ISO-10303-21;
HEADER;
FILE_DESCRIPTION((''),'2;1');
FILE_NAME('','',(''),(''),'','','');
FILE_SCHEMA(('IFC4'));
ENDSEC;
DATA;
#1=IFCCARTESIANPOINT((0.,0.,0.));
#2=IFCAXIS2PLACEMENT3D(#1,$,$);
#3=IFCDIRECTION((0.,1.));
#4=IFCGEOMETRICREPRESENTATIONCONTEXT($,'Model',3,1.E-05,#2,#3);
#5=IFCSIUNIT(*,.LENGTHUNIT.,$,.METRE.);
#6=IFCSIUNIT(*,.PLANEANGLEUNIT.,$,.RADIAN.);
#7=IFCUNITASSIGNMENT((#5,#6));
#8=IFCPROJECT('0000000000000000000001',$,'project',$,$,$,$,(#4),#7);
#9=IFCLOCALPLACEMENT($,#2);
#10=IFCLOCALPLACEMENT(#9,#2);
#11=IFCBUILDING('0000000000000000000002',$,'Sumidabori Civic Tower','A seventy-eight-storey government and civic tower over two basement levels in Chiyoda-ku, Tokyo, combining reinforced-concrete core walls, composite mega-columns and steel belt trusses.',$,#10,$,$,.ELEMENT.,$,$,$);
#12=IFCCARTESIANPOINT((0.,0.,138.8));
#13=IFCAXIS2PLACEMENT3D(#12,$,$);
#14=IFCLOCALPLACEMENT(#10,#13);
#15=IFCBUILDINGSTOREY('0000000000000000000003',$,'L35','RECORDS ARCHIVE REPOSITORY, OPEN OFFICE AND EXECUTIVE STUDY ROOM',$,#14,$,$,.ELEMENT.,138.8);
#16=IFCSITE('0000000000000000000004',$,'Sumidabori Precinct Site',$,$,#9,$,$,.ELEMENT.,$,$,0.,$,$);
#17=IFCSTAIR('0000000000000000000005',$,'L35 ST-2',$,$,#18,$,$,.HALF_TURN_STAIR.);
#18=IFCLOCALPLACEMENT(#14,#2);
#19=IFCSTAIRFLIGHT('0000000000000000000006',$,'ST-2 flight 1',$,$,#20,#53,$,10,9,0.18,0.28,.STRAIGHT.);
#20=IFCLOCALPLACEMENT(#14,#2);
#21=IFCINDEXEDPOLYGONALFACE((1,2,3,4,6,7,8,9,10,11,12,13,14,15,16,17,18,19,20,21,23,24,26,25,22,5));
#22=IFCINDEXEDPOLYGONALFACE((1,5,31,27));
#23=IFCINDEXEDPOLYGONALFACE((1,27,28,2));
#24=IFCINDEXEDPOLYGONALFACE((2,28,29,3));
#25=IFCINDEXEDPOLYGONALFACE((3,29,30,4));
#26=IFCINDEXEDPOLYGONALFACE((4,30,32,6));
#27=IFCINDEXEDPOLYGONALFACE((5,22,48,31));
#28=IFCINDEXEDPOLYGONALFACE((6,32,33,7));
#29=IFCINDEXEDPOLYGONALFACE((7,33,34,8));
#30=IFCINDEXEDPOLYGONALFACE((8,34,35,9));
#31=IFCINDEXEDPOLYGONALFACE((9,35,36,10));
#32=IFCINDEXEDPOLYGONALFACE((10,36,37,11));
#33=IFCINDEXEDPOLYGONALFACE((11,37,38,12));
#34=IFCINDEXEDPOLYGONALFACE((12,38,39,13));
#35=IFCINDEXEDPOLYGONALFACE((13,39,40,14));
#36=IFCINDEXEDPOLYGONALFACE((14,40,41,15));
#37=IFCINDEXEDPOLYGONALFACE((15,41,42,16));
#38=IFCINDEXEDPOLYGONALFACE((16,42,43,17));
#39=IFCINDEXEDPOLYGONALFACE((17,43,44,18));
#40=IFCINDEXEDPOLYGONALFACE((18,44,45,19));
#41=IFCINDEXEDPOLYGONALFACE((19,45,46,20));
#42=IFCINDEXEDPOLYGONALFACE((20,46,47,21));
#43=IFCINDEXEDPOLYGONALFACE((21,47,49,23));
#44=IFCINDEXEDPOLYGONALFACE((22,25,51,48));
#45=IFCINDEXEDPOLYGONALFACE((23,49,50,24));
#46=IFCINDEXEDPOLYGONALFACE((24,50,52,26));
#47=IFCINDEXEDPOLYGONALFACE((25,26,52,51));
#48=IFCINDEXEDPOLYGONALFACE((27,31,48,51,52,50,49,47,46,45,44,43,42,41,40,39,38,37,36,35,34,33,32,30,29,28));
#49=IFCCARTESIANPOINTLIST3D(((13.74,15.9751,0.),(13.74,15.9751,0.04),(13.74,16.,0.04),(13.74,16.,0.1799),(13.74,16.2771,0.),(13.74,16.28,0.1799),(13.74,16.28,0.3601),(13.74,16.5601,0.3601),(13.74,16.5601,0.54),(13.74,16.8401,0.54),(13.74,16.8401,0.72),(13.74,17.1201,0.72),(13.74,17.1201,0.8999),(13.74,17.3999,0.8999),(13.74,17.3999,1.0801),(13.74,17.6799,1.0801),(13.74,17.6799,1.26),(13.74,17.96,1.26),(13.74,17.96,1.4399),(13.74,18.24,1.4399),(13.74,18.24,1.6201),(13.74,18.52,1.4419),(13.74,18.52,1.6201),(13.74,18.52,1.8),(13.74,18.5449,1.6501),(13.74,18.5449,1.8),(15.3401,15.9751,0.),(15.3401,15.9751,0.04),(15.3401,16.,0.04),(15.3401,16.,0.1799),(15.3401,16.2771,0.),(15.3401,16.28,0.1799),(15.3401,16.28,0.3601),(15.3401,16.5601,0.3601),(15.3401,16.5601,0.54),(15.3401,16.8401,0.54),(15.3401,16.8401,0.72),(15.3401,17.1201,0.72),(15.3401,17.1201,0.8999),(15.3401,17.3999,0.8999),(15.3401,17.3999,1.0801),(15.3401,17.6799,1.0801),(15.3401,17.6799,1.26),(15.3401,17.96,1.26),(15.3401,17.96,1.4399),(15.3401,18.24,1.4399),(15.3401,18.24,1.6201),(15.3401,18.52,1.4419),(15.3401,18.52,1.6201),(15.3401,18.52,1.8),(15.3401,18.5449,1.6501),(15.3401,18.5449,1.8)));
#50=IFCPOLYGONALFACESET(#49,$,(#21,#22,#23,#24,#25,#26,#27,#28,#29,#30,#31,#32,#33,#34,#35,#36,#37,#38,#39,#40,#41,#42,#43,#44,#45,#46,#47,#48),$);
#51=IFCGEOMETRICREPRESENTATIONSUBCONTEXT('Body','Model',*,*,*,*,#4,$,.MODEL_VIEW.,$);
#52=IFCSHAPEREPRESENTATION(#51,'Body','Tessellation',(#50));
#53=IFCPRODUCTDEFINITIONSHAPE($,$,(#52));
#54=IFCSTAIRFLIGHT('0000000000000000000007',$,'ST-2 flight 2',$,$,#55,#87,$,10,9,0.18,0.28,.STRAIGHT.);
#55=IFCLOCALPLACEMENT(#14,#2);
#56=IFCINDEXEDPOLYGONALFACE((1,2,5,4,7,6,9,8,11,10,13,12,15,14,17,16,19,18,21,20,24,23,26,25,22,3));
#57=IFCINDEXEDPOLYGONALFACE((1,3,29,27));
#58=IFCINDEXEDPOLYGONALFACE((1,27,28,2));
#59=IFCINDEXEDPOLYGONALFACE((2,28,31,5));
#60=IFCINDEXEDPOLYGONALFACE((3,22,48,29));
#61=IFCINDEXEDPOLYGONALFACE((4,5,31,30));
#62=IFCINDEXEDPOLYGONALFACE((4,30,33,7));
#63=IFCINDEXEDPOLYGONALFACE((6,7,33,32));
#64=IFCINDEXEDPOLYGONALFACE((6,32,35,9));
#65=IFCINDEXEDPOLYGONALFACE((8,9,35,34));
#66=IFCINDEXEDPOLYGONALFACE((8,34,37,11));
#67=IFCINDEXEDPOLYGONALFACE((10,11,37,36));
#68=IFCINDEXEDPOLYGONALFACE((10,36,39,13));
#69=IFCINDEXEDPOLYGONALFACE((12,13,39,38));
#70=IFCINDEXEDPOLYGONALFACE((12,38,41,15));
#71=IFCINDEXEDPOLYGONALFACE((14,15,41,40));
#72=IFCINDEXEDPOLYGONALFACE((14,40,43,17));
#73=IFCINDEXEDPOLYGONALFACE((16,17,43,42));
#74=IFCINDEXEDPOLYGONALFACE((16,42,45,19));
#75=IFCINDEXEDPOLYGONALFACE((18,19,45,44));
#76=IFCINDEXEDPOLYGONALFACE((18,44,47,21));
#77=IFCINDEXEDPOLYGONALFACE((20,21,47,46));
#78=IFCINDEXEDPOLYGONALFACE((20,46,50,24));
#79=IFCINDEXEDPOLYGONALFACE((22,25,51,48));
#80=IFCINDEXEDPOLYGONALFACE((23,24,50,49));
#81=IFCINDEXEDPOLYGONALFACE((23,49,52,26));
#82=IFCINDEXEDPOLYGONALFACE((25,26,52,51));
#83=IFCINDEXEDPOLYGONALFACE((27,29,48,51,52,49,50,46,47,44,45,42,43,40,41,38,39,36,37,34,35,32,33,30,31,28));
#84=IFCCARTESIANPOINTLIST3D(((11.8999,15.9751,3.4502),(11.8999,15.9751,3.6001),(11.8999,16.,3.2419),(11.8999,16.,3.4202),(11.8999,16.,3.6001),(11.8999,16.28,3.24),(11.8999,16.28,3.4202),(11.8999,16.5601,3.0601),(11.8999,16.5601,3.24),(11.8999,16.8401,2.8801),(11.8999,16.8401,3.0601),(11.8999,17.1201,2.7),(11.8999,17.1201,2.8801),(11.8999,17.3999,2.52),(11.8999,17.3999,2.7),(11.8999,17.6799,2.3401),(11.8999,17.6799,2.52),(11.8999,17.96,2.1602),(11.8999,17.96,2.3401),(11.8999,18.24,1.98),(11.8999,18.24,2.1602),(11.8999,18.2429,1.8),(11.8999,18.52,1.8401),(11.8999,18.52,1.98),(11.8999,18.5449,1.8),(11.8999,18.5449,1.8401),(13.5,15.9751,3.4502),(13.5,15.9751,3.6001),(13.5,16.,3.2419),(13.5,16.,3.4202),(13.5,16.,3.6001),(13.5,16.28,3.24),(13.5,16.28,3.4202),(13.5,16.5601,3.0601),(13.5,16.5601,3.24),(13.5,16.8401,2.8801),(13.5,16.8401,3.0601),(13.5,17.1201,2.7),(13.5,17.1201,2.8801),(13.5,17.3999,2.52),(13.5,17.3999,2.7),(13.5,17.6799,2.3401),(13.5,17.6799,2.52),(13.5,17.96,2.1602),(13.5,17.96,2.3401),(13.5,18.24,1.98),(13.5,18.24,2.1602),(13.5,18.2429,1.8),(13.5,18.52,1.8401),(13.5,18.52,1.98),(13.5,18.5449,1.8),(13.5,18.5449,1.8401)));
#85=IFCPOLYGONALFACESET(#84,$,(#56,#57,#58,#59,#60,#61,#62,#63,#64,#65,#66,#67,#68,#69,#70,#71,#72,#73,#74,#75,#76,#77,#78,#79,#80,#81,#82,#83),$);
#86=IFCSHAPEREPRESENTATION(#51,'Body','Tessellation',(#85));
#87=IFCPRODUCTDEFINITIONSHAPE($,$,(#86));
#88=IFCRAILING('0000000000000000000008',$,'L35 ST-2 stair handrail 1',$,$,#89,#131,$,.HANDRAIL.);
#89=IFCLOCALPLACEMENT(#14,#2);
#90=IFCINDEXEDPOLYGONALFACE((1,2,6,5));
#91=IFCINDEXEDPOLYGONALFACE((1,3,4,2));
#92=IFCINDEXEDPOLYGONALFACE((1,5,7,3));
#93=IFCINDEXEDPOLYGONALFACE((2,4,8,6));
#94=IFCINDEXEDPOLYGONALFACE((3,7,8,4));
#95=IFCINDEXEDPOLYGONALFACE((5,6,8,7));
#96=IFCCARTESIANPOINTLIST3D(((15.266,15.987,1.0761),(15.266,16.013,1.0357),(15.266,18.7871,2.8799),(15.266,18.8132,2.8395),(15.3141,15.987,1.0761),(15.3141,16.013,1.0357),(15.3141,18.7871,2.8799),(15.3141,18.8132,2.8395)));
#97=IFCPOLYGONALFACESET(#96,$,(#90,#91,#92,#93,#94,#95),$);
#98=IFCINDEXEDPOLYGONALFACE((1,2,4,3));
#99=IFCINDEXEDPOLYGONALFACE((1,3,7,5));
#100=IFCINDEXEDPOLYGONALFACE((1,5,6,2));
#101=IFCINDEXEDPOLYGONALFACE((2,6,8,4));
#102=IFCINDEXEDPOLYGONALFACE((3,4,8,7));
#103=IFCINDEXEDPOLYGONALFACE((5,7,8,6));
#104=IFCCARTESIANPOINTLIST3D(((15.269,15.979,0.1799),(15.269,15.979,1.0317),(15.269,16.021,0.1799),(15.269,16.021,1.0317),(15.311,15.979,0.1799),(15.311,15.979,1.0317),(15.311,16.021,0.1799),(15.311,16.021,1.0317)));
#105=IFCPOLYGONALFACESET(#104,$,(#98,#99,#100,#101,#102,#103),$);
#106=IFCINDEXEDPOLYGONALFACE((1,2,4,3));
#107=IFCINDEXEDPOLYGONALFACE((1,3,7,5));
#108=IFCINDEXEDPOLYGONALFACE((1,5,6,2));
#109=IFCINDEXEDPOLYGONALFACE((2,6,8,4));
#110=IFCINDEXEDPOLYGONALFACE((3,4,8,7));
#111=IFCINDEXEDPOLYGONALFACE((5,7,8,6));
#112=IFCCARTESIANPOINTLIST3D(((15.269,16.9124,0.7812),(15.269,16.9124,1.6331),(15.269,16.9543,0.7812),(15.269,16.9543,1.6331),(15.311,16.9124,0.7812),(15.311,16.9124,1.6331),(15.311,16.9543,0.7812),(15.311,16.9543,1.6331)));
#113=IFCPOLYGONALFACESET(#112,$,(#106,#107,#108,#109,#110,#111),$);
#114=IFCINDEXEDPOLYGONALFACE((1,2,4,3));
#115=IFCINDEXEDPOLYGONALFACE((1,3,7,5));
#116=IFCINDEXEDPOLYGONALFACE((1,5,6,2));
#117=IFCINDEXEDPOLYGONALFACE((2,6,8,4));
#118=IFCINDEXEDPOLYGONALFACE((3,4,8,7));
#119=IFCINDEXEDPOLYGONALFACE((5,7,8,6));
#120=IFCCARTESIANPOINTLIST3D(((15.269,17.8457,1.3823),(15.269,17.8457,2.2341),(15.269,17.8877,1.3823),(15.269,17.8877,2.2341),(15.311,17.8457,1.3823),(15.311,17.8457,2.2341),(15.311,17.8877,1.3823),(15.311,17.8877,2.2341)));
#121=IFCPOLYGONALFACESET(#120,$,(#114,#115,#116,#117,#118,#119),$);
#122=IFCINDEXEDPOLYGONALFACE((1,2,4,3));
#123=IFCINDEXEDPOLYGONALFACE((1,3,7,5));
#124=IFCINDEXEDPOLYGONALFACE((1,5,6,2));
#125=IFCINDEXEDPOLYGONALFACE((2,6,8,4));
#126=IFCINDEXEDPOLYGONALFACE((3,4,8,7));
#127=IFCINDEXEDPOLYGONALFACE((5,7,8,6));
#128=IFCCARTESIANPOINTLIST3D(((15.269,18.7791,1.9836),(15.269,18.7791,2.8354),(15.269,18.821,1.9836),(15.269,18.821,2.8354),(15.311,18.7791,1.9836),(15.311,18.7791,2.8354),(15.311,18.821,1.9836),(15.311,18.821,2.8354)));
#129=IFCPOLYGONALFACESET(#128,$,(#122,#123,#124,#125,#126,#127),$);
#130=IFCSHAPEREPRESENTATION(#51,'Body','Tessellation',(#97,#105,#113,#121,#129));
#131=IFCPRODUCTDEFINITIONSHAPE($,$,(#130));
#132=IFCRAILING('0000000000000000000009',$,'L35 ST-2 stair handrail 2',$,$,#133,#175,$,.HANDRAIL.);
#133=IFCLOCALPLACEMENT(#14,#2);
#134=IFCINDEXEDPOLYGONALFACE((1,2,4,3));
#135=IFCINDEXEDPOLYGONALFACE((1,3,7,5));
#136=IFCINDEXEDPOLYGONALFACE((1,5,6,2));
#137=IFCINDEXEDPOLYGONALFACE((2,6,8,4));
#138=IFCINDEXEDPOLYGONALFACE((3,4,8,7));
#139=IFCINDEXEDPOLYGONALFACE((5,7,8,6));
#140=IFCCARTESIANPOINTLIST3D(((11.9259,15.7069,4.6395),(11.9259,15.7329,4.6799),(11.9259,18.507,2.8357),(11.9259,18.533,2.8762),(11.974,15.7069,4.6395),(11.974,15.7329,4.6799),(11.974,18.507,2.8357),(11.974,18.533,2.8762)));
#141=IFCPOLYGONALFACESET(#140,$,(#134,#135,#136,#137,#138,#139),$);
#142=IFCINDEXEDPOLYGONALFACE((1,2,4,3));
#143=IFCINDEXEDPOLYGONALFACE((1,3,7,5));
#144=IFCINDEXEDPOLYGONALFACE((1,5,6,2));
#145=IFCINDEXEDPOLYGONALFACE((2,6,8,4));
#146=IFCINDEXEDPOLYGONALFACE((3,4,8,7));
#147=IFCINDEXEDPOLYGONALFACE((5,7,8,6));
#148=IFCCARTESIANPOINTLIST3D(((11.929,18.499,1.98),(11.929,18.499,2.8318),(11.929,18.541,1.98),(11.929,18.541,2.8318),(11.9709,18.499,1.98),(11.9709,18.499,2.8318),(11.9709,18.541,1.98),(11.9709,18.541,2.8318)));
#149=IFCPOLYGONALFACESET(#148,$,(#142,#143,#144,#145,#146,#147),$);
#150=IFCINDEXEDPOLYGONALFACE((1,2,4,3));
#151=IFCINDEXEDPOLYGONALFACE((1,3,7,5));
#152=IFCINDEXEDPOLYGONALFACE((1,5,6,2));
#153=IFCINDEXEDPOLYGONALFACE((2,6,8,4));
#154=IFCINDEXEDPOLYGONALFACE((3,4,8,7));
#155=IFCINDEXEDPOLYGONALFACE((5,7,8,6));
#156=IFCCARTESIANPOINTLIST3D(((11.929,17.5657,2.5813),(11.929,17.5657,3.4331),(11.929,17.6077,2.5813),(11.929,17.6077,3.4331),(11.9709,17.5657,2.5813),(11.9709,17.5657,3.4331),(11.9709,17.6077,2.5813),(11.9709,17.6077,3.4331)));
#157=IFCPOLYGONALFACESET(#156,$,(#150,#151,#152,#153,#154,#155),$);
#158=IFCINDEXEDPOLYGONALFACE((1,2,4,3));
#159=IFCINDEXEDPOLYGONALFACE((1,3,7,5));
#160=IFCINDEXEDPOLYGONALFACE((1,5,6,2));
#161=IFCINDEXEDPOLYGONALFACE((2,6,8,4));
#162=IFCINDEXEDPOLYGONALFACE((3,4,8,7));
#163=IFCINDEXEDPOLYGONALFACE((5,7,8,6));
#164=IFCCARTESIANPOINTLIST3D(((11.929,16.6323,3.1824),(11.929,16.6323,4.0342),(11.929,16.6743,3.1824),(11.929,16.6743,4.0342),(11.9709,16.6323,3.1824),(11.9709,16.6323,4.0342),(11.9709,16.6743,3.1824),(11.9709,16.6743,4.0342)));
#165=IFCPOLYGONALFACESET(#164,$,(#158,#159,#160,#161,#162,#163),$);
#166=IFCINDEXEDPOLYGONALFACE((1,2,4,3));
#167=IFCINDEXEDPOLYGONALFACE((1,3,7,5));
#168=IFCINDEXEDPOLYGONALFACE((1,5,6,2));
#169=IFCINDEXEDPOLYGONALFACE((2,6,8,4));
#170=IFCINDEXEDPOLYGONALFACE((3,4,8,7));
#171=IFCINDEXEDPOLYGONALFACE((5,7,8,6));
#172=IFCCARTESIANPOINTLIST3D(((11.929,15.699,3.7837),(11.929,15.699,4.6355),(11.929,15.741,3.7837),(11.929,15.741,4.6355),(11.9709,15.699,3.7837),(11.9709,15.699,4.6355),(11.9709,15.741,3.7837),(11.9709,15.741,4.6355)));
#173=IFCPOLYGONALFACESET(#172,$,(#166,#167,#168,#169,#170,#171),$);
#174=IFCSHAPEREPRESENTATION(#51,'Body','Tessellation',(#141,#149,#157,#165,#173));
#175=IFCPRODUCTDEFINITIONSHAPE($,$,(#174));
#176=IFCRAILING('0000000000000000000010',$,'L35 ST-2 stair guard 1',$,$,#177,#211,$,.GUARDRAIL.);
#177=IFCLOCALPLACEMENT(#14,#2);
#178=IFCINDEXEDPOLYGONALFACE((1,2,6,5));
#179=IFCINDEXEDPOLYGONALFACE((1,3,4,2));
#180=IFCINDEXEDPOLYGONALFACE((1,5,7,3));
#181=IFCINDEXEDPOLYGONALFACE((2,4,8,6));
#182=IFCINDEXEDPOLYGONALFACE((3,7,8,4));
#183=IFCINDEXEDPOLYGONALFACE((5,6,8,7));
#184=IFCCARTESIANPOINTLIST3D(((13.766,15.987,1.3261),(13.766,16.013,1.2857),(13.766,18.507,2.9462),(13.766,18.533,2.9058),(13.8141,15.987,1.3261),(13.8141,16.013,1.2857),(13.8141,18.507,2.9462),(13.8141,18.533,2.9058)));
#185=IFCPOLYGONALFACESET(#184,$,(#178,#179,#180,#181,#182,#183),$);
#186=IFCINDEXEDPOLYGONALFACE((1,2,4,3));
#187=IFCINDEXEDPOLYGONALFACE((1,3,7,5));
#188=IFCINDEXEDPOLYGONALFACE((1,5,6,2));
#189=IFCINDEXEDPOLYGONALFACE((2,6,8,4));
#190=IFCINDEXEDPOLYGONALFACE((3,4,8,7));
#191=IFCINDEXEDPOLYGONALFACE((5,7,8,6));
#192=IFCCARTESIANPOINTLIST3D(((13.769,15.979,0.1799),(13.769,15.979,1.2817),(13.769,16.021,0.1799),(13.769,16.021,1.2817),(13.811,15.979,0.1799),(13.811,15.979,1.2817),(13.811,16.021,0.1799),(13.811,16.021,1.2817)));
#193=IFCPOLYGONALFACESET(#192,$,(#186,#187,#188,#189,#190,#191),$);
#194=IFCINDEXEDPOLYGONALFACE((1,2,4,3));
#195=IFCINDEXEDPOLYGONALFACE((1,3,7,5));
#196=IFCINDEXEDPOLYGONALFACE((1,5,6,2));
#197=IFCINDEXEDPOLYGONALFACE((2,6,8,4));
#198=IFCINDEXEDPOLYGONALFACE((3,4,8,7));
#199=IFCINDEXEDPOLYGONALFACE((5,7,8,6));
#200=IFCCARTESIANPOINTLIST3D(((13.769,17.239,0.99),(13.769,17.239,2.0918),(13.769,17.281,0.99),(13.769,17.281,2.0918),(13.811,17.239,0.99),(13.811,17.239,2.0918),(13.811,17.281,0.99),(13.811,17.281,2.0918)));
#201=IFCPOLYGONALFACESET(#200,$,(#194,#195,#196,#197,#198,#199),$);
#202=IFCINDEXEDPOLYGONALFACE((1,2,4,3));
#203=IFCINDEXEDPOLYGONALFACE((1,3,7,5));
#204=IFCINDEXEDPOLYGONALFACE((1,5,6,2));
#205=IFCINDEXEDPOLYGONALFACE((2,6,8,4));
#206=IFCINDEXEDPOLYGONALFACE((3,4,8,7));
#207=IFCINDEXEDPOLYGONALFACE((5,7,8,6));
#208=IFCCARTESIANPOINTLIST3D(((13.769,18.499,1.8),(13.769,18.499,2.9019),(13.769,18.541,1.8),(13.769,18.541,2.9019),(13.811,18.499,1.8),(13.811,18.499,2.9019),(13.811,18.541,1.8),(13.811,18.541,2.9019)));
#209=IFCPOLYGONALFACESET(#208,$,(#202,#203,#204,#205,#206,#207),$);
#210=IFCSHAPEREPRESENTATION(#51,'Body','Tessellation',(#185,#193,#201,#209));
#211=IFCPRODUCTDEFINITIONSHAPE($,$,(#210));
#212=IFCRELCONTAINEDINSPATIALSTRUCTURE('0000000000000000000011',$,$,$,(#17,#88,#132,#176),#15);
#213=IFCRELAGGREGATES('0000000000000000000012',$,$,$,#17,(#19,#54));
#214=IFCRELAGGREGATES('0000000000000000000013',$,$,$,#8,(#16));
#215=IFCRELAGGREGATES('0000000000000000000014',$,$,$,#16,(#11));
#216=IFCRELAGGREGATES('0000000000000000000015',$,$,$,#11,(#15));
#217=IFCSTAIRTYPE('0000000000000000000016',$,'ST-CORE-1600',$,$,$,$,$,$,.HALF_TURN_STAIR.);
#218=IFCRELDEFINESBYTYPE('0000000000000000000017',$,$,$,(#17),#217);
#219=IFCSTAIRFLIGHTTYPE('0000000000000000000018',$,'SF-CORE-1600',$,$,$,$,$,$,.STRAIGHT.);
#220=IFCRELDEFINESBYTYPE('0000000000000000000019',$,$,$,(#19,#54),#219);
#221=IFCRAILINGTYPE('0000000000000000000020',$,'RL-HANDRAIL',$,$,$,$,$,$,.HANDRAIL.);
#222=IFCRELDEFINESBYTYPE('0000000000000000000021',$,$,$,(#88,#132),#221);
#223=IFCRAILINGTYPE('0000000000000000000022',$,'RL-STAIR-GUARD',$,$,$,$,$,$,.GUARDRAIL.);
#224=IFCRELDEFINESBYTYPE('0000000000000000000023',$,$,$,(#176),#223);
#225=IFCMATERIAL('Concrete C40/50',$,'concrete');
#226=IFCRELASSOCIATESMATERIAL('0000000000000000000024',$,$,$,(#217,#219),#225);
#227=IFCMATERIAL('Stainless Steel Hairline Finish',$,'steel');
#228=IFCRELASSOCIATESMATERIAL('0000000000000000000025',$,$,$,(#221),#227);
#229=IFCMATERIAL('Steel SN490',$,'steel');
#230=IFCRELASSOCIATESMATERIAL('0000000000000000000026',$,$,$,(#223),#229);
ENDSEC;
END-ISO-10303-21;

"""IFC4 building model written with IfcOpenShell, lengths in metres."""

from ifc_helpers import new_model, si_unit, direction, frame, origin, origin_2d, place, context, subcontext, project, spatial, polyline, rectangle, outline, extrude, source, transform, mapped, material, type_object, element, aggregate, save


model = new_model("IFC4")

# Units and contexts
model_context = context("Model", 3, precision=1e-05, world=origin(), true_north=direction((0.0, 1.0)))
body_context = subcontext(model_context, "Body", "Model", "MODEL_VIEW")
ifc_project = project(units=[si_unit("LENGTHUNIT", "METRE"), si_unit("PLANEANGLEUNIT", "RADIAN")], contexts=[model_context])

# Site, building, storey
site_placement = place(None, origin())
site = spatial("IfcSite", under=ifc_project, at=site_placement, Name="Sumidabori Precinct Site", CompositionType="ELEMENT", RefElevation=0.0)
building_placement = place(site_placement, origin())
building = spatial("IfcBuilding", under=site, at=building_placement, Name="Sumidabori Civic Tower", Description="A seventy-eight-storey government and civic tower over two basement levels in Chiyoda-ku, Tokyo, combining reinforced-concrete core walls, composite mega-columns and steel belt trusses.", CompositionType="ELEMENT")
storey_placement = place(building_placement, frame((0.0, 0.0, 138.8)))
storey = spatial("IfcBuildingStorey", under=building, at=storey_placement, Name="L35", Description="RECORDS ARCHIVE REPOSITORY, OPEN OFFICE AND EXECUTIVE STUDY ROOM", CompositionType="ELEMENT", Elevation=138.8)

# Shared definitions
ifc_material_1 = material(Name="Steel SN490", Category="steel")

# Stair, stair flights
ifc_material_2 = material(Name="Concrete C40/50", Category="concrete")
stair_type = type_object("IfcStairType", Name="ST-CORE-1600", PredefinedType="HALF_TURN_STAIR", material=ifc_material_2)
stair_placement = place(storey_placement, origin())
stair = element("IfcStair", 1, at=stair_placement, inside=storey, type_object=stair_type, Name="L35 ST-2", PredefinedType="HALF_TURN_STAIR")
stair_flight_type = type_object("IfcStairFlightType", Name="SF-CORE-1600", PredefinedType="STRAIGHT", material=ifc_material_2)
shared_shape_1 = source(origin(), body_context, "Body", "SweptSolid", [
    extrude(outline(polyline([(-0.0249, 0.0), (-0.0249, 0.04), (0.0, 0.04), (0.0, 0.1799), (0.28, 0.1799), (0.28, 0.3601), (0.5601, 0.3601), (0.5601, 0.54), (0.8401, 0.54), (0.8401, 0.72), (1.1201, 0.72), (1.1201, 0.8999), (1.3999, 0.8999), (1.3999, 1.0801), (1.6799, 1.0801), (1.6799, 1.26), (1.96, 1.26), (1.96, 1.4399), (2.24, 1.4399), (2.24, 1.6201), (2.52, 1.6201), (2.52, 1.8), (2.5449, 1.8), (2.5449, 1.6501), (2.52, 1.4419), (0.2771, 0.0), (-0.0249, 0.0)])), frame((0.0, 0.8, 0.0), z_axis=(0.0, -1.0, 0.0), x_axis=(1.0, 0.0, 0.0)), (0.0, 0.0, 1.0), 1.6001),
])
stair_flight_1_placement = place(storey_placement, frame((14.54, 16.0, 0.0), z_axis=(0.0, 0.0, 1.0), x_axis=(0.0, 1.0, 0.0)))
stair_flight_1 = element("IfcStairFlight", 2, at=stair_flight_1_placement, type_object=stair_flight_type, Name="ST-2 flight 1", NumberOfRisers=10, NumberOfTreads=9, PredefinedType="STRAIGHT", RiserHeight=0.18, TreadLength=0.28, context=body_context, shape_type="MappedRepresentation", body=[
    mapped(shared_shape_1, transform((0.0, 0.0, 0.0), x_axis=(1.0, 0.0, 0.0), y_axis=(0.0, 1.0, 0.0), z_axis=(0.0, 0.0, 1.0), scale=1.0)),
])
stair_flight_2_placement = place(storey_placement, frame((12.7, 18.52, 1.8), z_axis=(0.0, 0.0, 1.0), x_axis=(0.0, -1.0, 0.0)))
stair_flight_2 = element("IfcStairFlight", 3, at=stair_flight_2_placement, type_object=stair_flight_type, Name="ST-2 flight 2", NumberOfRisers=10, NumberOfTreads=9, PredefinedType="STRAIGHT", RiserHeight=0.18, TreadLength=0.28, context=body_context, shape_type="MappedRepresentation", body=[
    mapped(shared_shape_1, transform((0.0, 0.0, 0.0), x_axis=(1.0, 0.0, 0.0), y_axis=(0.0, 1.0, 0.0), z_axis=(0.0, 0.0, 1.0), scale=1.0)),
])
aggregate(stair, [stair_flight_1, stair_flight_2])

# Railings
ifc_material_3 = material(Name="Stainless Steel Hairline Finish", Category="steel")
railing_type_1 = type_object("IfcRailingType", Name="RL-HANDRAIL", PredefinedType="HANDRAIL", material=ifc_material_3)
railing_1_placement = place(storey_placement, frame((15.29, 16.0, 0.1799)))
element("IfcRailing", 4, at=railing_1_placement, inside=storey, type_object=railing_type_1, Name="L35 ST-2 stair handrail 1", PredefinedType="HANDRAIL", context=body_context, shape_type="SweptSolid", body=[
    extrude(rectangle(XDim=0.0481, YDim=0.0481, at=origin_2d()), frame((0.0, 0.0, 0.876), z_axis=(0.0, 0.840676, 0.541539), x_axis=(-1.0, 0.0, 0.0)), (0.0, 0.0, 1.0), 3.3308),
    extrude(rectangle(XDim=0.042, YDim=0.042, at=origin_2d()), origin(), (0.0, 0.0, 1.0), 0.8518),
    extrude(rectangle(XDim=0.042, YDim=0.042, at=origin_2d()), frame((0.0, 0.9333, 0.6013)), (0.0, 0.0, 1.0), 0.8518),
    extrude(rectangle(XDim=0.042, YDim=0.042, at=origin_2d()), frame((0.0, 1.8667, 1.2024)), (0.0, 0.0, 1.0), 0.8518),
    extrude(rectangle(XDim=0.042, YDim=0.042, at=origin_2d()), frame((0.0, 2.8, 1.8037)), (0.0, 0.0, 1.0), 0.8518),
])
railing_2_placement = place(storey_placement, frame((11.95, 18.52, 1.98)))
element("IfcRailing", 5, at=railing_2_placement, inside=storey, type_object=railing_type_1, Name="L35 ST-2 stair handrail 2", PredefinedType="HANDRAIL", context=body_context, shape_type="SweptSolid", body=[
    extrude(rectangle(XDim=0.0481, YDim=0.0481, at=origin_2d()), frame((0.0, 0.0, 0.876), z_axis=(0.0, -0.840676, 0.541539), x_axis=(1.0, 0.0, 0.0)), (0.0, 0.0, 1.0), 3.3308),
    extrude(rectangle(XDim=0.042, YDim=0.042, at=origin_2d()), origin(), (0.0, 0.0, 1.0), 0.8518),
    extrude(rectangle(XDim=0.042, YDim=0.042, at=origin_2d()), frame((0.0, -0.9333, 0.6013)), (0.0, 0.0, 1.0), 0.8518),
    extrude(rectangle(XDim=0.042, YDim=0.042, at=origin_2d()), frame((0.0, -1.8667, 1.2024)), (0.0, 0.0, 1.0), 0.8518),
    extrude(rectangle(XDim=0.042, YDim=0.042, at=origin_2d()), frame((0.0, -2.8, 1.8037)), (0.0, 0.0, 1.0), 0.8518),
])
railing_type_2 = type_object("IfcRailingType", Name="RL-STAIR-GUARD", PredefinedType="GUARDRAIL", material=ifc_material_1)
railing_3_placement = place(storey_placement, frame((13.79, 16.0, 0.1799)))
element("IfcRailing", 6, at=railing_3_placement, inside=storey, type_object=railing_type_2, Name="L35 ST-2 stair guard 1", PredefinedType="GUARDRAIL", context=body_context, shape_type="SweptSolid", body=[
    extrude(rectangle(XDim=0.0481, YDim=0.0481, at=origin_2d()), frame((0.0, 0.0, 1.126), z_axis=(0.0, 0.841163, 0.540782), x_axis=(-1.0, 0.0, 0.0)), (0.0, 0.0, 1.0), 2.9958),
    extrude(rectangle(XDim=0.042, YDim=0.042, at=origin_2d()), origin(), (0.0, 0.0, 1.0), 1.1018),
    extrude(rectangle(XDim=0.042, YDim=0.042, at=origin_2d()), frame((0.0, 1.26, 0.8101)), (0.0, 0.0, 1.0), 1.1018),
    extrude(rectangle(XDim=0.042, YDim=0.042, at=origin_2d()), frame((0.0, 2.52, 1.6201)), (0.0, 0.0, 1.0), 1.1018),
])

save(model, "model.ifc")
